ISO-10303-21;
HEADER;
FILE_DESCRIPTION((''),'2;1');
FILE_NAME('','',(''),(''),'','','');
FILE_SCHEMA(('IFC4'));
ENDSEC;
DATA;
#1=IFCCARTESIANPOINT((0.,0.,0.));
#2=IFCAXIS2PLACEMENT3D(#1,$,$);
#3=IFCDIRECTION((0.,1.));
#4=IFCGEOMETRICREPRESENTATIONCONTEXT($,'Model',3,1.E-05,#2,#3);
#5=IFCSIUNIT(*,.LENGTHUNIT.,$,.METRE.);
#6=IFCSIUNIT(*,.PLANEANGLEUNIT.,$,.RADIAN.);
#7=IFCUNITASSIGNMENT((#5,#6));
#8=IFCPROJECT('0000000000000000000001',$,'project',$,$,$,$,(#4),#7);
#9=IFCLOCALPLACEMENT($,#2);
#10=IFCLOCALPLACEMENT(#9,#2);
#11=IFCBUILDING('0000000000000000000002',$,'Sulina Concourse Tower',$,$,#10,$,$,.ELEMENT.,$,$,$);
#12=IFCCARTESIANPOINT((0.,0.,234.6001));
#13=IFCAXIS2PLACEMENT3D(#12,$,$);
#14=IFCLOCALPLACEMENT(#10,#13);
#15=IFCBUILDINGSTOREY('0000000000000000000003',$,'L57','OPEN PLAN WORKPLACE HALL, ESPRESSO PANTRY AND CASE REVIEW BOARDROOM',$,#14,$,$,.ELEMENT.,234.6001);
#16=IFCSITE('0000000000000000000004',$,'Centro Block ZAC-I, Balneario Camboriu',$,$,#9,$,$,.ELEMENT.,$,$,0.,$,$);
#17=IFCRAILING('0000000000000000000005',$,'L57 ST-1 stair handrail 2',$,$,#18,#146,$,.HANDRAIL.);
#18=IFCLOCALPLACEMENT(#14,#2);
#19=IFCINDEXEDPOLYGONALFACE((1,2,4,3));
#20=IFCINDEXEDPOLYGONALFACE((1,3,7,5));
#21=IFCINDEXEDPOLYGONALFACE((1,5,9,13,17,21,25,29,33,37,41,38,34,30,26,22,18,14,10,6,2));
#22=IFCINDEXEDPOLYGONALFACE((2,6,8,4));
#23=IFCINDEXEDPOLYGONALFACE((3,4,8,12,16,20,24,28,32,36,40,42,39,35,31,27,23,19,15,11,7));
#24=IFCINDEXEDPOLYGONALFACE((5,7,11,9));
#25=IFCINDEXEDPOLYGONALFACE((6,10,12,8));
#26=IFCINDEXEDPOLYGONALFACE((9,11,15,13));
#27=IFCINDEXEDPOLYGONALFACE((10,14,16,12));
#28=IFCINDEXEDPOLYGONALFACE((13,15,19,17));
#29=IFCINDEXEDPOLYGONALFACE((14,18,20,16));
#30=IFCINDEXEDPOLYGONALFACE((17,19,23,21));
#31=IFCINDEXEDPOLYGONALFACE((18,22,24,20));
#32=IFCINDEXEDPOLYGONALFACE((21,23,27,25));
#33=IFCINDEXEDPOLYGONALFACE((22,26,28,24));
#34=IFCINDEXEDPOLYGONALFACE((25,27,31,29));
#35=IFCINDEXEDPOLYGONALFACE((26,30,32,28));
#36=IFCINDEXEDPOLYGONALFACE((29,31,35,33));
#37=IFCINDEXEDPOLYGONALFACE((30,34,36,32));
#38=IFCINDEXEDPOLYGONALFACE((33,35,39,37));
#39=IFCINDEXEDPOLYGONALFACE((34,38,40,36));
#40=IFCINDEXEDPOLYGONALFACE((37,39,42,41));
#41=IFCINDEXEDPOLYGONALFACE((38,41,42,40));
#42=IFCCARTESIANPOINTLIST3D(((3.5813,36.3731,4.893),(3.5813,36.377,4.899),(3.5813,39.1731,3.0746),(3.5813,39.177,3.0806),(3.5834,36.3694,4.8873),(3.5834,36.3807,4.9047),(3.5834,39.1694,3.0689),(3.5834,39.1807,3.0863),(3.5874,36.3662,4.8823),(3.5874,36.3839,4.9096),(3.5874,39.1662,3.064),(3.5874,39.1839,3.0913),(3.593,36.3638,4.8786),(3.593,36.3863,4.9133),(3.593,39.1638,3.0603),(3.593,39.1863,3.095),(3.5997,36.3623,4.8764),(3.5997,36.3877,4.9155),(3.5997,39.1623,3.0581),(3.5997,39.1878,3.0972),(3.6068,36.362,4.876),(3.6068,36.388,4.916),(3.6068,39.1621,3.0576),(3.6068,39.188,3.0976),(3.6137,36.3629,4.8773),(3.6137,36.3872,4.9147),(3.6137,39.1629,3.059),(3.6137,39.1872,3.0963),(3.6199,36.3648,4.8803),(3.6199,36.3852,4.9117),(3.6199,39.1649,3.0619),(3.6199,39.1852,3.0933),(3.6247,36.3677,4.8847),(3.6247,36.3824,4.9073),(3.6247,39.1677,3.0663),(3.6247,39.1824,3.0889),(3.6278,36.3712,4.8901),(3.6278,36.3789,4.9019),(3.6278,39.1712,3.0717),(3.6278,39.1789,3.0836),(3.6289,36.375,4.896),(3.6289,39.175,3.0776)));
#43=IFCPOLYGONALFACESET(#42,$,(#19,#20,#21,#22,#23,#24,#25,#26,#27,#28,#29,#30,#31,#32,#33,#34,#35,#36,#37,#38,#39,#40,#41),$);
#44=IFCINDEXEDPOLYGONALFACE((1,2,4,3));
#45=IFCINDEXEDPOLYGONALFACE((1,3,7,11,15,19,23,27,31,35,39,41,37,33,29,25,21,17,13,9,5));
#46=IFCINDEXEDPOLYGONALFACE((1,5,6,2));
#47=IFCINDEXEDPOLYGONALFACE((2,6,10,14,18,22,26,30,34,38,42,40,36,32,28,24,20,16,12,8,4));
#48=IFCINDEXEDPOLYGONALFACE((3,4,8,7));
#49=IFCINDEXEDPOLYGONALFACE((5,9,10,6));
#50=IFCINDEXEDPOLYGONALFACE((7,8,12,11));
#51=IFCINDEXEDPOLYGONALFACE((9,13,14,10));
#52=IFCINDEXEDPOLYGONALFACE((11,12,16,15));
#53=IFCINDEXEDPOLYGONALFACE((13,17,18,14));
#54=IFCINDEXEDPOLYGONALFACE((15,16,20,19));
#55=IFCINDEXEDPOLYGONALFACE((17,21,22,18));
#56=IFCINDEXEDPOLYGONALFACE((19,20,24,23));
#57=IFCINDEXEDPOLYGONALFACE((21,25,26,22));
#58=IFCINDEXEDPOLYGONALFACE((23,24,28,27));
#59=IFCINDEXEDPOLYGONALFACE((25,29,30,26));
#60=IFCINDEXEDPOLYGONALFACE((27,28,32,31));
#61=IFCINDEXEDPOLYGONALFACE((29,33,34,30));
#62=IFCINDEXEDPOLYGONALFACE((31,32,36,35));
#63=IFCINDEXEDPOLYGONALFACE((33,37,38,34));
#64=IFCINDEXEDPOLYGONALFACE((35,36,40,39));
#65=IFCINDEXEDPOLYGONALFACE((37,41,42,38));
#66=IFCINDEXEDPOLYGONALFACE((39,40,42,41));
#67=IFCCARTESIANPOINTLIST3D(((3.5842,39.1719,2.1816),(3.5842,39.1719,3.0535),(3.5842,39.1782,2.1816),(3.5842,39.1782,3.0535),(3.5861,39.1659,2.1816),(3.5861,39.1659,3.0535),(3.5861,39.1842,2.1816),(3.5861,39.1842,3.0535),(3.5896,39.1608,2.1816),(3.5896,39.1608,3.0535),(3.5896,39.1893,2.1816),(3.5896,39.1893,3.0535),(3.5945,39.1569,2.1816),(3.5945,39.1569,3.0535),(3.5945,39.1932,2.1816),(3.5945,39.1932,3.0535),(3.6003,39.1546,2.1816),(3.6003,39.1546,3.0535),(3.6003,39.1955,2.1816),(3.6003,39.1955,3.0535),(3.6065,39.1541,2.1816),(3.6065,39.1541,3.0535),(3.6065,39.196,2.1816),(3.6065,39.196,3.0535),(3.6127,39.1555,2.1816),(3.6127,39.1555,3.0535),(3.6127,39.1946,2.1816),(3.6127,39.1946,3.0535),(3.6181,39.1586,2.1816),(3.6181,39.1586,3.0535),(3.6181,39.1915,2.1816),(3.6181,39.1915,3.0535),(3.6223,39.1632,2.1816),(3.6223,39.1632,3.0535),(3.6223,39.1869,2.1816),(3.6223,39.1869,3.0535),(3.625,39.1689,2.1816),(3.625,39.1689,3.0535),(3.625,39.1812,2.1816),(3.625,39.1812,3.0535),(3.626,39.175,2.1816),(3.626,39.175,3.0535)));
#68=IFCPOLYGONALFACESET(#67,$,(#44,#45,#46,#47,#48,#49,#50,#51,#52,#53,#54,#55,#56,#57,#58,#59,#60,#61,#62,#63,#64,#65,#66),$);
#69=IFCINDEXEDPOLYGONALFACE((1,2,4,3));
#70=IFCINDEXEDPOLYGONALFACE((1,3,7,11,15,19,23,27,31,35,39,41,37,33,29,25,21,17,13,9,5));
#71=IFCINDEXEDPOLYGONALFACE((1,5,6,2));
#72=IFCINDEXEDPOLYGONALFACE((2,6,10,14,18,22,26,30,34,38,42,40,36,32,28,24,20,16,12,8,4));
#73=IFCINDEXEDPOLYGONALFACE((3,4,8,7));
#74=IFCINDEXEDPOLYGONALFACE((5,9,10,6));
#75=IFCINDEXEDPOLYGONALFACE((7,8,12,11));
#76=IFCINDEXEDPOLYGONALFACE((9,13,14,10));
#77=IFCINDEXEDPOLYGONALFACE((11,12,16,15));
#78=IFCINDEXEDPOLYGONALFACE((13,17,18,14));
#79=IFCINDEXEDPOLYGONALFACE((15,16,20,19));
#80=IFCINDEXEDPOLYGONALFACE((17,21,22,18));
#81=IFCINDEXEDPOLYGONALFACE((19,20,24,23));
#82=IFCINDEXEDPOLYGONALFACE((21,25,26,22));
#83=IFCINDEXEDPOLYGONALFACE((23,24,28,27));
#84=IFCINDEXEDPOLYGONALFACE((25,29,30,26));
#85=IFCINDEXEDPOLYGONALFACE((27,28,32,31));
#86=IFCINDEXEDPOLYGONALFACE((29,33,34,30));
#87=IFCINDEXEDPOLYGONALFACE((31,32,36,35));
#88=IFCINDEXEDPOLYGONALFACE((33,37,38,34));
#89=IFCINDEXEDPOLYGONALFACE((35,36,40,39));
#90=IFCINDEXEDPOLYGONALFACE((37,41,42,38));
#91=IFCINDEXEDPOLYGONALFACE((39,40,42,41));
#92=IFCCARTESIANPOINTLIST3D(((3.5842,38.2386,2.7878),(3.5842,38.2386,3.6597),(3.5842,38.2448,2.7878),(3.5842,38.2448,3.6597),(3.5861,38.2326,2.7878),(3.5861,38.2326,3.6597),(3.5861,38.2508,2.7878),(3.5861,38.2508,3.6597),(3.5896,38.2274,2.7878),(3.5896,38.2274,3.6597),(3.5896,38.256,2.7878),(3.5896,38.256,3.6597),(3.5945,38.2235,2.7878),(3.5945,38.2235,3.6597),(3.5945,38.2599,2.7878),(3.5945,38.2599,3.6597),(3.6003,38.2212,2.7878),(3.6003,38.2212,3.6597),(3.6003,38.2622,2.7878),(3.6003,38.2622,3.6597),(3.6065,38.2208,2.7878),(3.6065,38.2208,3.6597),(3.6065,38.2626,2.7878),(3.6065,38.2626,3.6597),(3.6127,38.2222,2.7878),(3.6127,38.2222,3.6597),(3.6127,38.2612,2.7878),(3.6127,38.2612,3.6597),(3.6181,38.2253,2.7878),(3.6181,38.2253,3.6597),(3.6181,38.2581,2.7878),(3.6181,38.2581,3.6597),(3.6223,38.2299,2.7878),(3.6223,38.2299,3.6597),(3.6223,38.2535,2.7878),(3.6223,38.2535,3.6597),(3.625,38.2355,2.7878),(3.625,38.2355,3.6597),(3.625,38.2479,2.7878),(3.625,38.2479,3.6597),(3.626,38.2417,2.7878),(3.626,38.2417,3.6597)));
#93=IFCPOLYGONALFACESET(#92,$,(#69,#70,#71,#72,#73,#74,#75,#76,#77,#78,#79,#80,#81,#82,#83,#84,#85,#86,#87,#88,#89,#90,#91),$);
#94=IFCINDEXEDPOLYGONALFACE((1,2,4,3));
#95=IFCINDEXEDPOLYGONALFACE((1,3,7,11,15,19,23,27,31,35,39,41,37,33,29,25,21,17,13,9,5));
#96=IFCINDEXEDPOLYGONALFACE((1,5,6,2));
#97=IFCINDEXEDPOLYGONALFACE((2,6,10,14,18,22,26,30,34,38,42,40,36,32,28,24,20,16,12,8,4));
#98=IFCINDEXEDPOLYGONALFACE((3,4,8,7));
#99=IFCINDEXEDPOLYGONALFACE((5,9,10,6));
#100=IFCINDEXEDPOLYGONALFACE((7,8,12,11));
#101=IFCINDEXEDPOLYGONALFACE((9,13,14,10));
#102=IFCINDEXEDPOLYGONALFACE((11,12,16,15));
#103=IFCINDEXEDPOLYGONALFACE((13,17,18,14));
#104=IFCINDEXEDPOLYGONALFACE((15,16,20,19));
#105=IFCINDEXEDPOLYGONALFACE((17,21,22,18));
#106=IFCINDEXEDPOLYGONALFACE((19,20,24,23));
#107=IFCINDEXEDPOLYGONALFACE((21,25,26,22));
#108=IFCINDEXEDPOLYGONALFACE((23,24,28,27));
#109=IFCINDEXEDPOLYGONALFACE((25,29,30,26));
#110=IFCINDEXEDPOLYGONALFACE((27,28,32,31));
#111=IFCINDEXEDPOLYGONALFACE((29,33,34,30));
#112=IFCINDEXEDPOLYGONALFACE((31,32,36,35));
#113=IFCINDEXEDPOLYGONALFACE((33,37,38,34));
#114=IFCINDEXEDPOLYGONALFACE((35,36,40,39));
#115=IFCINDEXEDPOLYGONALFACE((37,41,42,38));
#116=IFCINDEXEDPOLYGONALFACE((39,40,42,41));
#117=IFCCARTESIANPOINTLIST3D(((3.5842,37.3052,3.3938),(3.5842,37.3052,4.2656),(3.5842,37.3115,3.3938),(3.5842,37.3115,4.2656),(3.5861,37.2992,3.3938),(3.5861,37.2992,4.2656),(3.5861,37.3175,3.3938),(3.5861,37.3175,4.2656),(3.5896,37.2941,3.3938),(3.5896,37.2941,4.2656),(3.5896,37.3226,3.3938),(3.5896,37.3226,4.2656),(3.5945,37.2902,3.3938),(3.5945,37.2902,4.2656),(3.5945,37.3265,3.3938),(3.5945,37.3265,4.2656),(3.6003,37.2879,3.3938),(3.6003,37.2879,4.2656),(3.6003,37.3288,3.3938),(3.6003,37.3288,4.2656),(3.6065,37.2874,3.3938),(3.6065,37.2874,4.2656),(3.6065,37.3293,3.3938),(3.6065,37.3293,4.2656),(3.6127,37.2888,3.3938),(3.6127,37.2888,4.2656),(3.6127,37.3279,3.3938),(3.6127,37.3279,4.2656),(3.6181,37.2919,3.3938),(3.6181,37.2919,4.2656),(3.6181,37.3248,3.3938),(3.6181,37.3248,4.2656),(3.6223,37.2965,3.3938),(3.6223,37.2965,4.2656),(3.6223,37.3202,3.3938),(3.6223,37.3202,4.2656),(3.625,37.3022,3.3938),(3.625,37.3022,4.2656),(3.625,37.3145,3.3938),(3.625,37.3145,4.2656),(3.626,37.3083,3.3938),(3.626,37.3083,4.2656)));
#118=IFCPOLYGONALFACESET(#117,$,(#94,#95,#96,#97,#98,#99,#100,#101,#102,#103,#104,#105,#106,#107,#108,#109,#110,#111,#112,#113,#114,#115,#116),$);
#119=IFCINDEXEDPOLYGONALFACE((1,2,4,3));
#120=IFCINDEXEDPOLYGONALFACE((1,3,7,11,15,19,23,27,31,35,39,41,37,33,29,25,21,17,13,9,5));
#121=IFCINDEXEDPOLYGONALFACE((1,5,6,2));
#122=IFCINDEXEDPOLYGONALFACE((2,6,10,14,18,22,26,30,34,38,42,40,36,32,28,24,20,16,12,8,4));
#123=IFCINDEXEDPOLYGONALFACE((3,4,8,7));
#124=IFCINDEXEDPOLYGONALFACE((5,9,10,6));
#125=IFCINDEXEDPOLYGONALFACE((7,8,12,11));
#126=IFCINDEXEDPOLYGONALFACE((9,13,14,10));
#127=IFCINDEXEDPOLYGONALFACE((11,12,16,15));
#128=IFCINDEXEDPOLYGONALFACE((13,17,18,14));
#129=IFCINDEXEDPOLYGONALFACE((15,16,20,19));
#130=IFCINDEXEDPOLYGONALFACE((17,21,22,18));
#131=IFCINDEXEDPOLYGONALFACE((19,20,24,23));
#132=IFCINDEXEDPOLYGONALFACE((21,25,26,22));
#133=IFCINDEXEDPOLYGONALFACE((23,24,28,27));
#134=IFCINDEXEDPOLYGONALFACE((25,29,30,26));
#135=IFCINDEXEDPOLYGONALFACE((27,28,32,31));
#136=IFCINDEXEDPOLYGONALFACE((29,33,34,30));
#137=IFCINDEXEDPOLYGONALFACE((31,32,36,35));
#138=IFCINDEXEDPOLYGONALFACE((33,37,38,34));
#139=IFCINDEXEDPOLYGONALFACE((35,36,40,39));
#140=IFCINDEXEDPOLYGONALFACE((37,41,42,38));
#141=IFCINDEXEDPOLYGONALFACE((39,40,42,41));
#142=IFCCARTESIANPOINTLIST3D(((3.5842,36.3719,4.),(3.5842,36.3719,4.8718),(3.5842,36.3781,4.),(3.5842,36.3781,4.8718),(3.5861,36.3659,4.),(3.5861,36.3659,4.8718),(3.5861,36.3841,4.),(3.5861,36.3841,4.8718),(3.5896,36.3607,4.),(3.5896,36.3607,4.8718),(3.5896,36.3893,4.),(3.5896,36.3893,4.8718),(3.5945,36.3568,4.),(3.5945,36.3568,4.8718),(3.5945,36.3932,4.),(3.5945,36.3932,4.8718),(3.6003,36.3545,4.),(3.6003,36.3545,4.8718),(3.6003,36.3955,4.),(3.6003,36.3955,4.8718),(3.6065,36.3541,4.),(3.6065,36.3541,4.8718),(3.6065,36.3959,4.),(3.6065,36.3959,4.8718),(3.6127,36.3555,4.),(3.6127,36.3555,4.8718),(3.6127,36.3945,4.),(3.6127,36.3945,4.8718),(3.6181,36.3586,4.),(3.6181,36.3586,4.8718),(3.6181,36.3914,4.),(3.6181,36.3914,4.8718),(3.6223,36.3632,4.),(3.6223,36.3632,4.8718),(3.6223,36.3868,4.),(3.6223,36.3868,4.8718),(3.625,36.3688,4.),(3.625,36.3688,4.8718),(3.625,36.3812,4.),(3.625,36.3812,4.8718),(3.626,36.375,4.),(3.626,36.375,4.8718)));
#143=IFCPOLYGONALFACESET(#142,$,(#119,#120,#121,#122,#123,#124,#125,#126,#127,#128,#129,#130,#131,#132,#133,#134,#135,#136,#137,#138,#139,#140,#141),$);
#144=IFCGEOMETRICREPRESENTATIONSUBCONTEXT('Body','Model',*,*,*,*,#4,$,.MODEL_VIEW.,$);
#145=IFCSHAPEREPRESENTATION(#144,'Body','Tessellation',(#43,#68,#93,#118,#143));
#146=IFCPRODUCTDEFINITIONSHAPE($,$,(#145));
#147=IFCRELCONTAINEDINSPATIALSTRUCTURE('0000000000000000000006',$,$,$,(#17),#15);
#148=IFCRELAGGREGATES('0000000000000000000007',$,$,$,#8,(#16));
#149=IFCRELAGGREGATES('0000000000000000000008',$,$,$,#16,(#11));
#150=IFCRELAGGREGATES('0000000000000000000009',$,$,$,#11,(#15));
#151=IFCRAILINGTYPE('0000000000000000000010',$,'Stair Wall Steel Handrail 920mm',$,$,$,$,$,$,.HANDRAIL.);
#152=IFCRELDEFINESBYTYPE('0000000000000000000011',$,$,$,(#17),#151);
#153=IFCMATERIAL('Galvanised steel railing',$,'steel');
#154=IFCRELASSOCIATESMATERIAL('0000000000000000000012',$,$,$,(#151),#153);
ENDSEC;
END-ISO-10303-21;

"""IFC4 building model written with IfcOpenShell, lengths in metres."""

from ifc_helpers import new_model, si_unit, direction, frame, origin, origin_2d, place, context, subcontext, project, spatial, circle, extrude, material, type_object, element, save


model = new_model("IFC4")

# Units and contexts
model_context = context("Model", 3, precision=1e-05, world=origin(), true_north=direction((0.0, 1.0)))
body_context = subcontext(model_context, "Body", "Model", "MODEL_VIEW")
ifc_project = project(units=[si_unit("LENGTHUNIT", "METRE"), si_unit("PLANEANGLEUNIT", "RADIAN")], contexts=[model_context])

# Site, building, storey
site_placement = place(None, origin())
site = spatial("IfcSite", under=ifc_project, at=site_placement, Name="Centro Block ZAC-I, Balneario Camboriu", CompositionType="ELEMENT", RefElevation=0.0)
building_placement = place(site_placement, origin())
building = spatial("IfcBuilding", under=site, at=building_placement, Name="Sulina Concourse Tower", CompositionType="ELEMENT")
storey_placement = place(building_placement, frame((0.0, 0.0, 234.6001)))
storey = spatial("IfcBuildingStorey", under=building, at=storey_placement, Name="L57", Description="OPEN PLAN WORKPLACE HALL, ESPRESSO PANTRY AND CASE REVIEW BOARDROOM", CompositionType="ELEMENT", Elevation=234.6001)

# Railing
ifc_material_1 = material(Name="Galvanised steel railing", Category="steel")
railing_type_1 = type_object("IfcRailingType", Name="Stair Wall Steel Handrail 920mm", PredefinedType="HANDRAIL", material=ifc_material_1)
railing_1_placement = place(storey_placement, frame((3.605, 39.175, 2.1816)))
element("IfcRailing", 1, at=railing_1_placement, inside=storey, type_object=railing_type_1, Name="L57 ST-1 stair handrail 2", PredefinedType="HANDRAIL", context=body_context, shape_type="SweptSolid", body=[
    extrude(circle(Radius=0.0239, at=origin_2d()), frame((0.0, 0.0, 0.896), z_axis=(0.0, -0.838672, 0.544636), x_axis=(1.0, 0.0, 0.0)), (0.0, 0.0, 1.0), 3.3386),
    extrude(circle(Radius=0.021, at=origin_2d()), origin(), (0.0, 0.0, 1.0), 0.8718),
    extrude(circle(Radius=0.021, at=origin_2d()), frame((0.0, -0.9333, 0.6062)), (0.0, 0.0, 1.0), 0.8718),
    extrude(circle(Radius=0.021, at=origin_2d()), frame((0.0, -1.8667, 1.2122)), (0.0, 0.0, 1.0), 0.8718),
    extrude(circle(Radius=0.021, at=origin_2d()), frame((0.0, -2.8, 1.8184)), (0.0, 0.0, 1.0), 0.8718),
])

save(model, "model.ifc")
